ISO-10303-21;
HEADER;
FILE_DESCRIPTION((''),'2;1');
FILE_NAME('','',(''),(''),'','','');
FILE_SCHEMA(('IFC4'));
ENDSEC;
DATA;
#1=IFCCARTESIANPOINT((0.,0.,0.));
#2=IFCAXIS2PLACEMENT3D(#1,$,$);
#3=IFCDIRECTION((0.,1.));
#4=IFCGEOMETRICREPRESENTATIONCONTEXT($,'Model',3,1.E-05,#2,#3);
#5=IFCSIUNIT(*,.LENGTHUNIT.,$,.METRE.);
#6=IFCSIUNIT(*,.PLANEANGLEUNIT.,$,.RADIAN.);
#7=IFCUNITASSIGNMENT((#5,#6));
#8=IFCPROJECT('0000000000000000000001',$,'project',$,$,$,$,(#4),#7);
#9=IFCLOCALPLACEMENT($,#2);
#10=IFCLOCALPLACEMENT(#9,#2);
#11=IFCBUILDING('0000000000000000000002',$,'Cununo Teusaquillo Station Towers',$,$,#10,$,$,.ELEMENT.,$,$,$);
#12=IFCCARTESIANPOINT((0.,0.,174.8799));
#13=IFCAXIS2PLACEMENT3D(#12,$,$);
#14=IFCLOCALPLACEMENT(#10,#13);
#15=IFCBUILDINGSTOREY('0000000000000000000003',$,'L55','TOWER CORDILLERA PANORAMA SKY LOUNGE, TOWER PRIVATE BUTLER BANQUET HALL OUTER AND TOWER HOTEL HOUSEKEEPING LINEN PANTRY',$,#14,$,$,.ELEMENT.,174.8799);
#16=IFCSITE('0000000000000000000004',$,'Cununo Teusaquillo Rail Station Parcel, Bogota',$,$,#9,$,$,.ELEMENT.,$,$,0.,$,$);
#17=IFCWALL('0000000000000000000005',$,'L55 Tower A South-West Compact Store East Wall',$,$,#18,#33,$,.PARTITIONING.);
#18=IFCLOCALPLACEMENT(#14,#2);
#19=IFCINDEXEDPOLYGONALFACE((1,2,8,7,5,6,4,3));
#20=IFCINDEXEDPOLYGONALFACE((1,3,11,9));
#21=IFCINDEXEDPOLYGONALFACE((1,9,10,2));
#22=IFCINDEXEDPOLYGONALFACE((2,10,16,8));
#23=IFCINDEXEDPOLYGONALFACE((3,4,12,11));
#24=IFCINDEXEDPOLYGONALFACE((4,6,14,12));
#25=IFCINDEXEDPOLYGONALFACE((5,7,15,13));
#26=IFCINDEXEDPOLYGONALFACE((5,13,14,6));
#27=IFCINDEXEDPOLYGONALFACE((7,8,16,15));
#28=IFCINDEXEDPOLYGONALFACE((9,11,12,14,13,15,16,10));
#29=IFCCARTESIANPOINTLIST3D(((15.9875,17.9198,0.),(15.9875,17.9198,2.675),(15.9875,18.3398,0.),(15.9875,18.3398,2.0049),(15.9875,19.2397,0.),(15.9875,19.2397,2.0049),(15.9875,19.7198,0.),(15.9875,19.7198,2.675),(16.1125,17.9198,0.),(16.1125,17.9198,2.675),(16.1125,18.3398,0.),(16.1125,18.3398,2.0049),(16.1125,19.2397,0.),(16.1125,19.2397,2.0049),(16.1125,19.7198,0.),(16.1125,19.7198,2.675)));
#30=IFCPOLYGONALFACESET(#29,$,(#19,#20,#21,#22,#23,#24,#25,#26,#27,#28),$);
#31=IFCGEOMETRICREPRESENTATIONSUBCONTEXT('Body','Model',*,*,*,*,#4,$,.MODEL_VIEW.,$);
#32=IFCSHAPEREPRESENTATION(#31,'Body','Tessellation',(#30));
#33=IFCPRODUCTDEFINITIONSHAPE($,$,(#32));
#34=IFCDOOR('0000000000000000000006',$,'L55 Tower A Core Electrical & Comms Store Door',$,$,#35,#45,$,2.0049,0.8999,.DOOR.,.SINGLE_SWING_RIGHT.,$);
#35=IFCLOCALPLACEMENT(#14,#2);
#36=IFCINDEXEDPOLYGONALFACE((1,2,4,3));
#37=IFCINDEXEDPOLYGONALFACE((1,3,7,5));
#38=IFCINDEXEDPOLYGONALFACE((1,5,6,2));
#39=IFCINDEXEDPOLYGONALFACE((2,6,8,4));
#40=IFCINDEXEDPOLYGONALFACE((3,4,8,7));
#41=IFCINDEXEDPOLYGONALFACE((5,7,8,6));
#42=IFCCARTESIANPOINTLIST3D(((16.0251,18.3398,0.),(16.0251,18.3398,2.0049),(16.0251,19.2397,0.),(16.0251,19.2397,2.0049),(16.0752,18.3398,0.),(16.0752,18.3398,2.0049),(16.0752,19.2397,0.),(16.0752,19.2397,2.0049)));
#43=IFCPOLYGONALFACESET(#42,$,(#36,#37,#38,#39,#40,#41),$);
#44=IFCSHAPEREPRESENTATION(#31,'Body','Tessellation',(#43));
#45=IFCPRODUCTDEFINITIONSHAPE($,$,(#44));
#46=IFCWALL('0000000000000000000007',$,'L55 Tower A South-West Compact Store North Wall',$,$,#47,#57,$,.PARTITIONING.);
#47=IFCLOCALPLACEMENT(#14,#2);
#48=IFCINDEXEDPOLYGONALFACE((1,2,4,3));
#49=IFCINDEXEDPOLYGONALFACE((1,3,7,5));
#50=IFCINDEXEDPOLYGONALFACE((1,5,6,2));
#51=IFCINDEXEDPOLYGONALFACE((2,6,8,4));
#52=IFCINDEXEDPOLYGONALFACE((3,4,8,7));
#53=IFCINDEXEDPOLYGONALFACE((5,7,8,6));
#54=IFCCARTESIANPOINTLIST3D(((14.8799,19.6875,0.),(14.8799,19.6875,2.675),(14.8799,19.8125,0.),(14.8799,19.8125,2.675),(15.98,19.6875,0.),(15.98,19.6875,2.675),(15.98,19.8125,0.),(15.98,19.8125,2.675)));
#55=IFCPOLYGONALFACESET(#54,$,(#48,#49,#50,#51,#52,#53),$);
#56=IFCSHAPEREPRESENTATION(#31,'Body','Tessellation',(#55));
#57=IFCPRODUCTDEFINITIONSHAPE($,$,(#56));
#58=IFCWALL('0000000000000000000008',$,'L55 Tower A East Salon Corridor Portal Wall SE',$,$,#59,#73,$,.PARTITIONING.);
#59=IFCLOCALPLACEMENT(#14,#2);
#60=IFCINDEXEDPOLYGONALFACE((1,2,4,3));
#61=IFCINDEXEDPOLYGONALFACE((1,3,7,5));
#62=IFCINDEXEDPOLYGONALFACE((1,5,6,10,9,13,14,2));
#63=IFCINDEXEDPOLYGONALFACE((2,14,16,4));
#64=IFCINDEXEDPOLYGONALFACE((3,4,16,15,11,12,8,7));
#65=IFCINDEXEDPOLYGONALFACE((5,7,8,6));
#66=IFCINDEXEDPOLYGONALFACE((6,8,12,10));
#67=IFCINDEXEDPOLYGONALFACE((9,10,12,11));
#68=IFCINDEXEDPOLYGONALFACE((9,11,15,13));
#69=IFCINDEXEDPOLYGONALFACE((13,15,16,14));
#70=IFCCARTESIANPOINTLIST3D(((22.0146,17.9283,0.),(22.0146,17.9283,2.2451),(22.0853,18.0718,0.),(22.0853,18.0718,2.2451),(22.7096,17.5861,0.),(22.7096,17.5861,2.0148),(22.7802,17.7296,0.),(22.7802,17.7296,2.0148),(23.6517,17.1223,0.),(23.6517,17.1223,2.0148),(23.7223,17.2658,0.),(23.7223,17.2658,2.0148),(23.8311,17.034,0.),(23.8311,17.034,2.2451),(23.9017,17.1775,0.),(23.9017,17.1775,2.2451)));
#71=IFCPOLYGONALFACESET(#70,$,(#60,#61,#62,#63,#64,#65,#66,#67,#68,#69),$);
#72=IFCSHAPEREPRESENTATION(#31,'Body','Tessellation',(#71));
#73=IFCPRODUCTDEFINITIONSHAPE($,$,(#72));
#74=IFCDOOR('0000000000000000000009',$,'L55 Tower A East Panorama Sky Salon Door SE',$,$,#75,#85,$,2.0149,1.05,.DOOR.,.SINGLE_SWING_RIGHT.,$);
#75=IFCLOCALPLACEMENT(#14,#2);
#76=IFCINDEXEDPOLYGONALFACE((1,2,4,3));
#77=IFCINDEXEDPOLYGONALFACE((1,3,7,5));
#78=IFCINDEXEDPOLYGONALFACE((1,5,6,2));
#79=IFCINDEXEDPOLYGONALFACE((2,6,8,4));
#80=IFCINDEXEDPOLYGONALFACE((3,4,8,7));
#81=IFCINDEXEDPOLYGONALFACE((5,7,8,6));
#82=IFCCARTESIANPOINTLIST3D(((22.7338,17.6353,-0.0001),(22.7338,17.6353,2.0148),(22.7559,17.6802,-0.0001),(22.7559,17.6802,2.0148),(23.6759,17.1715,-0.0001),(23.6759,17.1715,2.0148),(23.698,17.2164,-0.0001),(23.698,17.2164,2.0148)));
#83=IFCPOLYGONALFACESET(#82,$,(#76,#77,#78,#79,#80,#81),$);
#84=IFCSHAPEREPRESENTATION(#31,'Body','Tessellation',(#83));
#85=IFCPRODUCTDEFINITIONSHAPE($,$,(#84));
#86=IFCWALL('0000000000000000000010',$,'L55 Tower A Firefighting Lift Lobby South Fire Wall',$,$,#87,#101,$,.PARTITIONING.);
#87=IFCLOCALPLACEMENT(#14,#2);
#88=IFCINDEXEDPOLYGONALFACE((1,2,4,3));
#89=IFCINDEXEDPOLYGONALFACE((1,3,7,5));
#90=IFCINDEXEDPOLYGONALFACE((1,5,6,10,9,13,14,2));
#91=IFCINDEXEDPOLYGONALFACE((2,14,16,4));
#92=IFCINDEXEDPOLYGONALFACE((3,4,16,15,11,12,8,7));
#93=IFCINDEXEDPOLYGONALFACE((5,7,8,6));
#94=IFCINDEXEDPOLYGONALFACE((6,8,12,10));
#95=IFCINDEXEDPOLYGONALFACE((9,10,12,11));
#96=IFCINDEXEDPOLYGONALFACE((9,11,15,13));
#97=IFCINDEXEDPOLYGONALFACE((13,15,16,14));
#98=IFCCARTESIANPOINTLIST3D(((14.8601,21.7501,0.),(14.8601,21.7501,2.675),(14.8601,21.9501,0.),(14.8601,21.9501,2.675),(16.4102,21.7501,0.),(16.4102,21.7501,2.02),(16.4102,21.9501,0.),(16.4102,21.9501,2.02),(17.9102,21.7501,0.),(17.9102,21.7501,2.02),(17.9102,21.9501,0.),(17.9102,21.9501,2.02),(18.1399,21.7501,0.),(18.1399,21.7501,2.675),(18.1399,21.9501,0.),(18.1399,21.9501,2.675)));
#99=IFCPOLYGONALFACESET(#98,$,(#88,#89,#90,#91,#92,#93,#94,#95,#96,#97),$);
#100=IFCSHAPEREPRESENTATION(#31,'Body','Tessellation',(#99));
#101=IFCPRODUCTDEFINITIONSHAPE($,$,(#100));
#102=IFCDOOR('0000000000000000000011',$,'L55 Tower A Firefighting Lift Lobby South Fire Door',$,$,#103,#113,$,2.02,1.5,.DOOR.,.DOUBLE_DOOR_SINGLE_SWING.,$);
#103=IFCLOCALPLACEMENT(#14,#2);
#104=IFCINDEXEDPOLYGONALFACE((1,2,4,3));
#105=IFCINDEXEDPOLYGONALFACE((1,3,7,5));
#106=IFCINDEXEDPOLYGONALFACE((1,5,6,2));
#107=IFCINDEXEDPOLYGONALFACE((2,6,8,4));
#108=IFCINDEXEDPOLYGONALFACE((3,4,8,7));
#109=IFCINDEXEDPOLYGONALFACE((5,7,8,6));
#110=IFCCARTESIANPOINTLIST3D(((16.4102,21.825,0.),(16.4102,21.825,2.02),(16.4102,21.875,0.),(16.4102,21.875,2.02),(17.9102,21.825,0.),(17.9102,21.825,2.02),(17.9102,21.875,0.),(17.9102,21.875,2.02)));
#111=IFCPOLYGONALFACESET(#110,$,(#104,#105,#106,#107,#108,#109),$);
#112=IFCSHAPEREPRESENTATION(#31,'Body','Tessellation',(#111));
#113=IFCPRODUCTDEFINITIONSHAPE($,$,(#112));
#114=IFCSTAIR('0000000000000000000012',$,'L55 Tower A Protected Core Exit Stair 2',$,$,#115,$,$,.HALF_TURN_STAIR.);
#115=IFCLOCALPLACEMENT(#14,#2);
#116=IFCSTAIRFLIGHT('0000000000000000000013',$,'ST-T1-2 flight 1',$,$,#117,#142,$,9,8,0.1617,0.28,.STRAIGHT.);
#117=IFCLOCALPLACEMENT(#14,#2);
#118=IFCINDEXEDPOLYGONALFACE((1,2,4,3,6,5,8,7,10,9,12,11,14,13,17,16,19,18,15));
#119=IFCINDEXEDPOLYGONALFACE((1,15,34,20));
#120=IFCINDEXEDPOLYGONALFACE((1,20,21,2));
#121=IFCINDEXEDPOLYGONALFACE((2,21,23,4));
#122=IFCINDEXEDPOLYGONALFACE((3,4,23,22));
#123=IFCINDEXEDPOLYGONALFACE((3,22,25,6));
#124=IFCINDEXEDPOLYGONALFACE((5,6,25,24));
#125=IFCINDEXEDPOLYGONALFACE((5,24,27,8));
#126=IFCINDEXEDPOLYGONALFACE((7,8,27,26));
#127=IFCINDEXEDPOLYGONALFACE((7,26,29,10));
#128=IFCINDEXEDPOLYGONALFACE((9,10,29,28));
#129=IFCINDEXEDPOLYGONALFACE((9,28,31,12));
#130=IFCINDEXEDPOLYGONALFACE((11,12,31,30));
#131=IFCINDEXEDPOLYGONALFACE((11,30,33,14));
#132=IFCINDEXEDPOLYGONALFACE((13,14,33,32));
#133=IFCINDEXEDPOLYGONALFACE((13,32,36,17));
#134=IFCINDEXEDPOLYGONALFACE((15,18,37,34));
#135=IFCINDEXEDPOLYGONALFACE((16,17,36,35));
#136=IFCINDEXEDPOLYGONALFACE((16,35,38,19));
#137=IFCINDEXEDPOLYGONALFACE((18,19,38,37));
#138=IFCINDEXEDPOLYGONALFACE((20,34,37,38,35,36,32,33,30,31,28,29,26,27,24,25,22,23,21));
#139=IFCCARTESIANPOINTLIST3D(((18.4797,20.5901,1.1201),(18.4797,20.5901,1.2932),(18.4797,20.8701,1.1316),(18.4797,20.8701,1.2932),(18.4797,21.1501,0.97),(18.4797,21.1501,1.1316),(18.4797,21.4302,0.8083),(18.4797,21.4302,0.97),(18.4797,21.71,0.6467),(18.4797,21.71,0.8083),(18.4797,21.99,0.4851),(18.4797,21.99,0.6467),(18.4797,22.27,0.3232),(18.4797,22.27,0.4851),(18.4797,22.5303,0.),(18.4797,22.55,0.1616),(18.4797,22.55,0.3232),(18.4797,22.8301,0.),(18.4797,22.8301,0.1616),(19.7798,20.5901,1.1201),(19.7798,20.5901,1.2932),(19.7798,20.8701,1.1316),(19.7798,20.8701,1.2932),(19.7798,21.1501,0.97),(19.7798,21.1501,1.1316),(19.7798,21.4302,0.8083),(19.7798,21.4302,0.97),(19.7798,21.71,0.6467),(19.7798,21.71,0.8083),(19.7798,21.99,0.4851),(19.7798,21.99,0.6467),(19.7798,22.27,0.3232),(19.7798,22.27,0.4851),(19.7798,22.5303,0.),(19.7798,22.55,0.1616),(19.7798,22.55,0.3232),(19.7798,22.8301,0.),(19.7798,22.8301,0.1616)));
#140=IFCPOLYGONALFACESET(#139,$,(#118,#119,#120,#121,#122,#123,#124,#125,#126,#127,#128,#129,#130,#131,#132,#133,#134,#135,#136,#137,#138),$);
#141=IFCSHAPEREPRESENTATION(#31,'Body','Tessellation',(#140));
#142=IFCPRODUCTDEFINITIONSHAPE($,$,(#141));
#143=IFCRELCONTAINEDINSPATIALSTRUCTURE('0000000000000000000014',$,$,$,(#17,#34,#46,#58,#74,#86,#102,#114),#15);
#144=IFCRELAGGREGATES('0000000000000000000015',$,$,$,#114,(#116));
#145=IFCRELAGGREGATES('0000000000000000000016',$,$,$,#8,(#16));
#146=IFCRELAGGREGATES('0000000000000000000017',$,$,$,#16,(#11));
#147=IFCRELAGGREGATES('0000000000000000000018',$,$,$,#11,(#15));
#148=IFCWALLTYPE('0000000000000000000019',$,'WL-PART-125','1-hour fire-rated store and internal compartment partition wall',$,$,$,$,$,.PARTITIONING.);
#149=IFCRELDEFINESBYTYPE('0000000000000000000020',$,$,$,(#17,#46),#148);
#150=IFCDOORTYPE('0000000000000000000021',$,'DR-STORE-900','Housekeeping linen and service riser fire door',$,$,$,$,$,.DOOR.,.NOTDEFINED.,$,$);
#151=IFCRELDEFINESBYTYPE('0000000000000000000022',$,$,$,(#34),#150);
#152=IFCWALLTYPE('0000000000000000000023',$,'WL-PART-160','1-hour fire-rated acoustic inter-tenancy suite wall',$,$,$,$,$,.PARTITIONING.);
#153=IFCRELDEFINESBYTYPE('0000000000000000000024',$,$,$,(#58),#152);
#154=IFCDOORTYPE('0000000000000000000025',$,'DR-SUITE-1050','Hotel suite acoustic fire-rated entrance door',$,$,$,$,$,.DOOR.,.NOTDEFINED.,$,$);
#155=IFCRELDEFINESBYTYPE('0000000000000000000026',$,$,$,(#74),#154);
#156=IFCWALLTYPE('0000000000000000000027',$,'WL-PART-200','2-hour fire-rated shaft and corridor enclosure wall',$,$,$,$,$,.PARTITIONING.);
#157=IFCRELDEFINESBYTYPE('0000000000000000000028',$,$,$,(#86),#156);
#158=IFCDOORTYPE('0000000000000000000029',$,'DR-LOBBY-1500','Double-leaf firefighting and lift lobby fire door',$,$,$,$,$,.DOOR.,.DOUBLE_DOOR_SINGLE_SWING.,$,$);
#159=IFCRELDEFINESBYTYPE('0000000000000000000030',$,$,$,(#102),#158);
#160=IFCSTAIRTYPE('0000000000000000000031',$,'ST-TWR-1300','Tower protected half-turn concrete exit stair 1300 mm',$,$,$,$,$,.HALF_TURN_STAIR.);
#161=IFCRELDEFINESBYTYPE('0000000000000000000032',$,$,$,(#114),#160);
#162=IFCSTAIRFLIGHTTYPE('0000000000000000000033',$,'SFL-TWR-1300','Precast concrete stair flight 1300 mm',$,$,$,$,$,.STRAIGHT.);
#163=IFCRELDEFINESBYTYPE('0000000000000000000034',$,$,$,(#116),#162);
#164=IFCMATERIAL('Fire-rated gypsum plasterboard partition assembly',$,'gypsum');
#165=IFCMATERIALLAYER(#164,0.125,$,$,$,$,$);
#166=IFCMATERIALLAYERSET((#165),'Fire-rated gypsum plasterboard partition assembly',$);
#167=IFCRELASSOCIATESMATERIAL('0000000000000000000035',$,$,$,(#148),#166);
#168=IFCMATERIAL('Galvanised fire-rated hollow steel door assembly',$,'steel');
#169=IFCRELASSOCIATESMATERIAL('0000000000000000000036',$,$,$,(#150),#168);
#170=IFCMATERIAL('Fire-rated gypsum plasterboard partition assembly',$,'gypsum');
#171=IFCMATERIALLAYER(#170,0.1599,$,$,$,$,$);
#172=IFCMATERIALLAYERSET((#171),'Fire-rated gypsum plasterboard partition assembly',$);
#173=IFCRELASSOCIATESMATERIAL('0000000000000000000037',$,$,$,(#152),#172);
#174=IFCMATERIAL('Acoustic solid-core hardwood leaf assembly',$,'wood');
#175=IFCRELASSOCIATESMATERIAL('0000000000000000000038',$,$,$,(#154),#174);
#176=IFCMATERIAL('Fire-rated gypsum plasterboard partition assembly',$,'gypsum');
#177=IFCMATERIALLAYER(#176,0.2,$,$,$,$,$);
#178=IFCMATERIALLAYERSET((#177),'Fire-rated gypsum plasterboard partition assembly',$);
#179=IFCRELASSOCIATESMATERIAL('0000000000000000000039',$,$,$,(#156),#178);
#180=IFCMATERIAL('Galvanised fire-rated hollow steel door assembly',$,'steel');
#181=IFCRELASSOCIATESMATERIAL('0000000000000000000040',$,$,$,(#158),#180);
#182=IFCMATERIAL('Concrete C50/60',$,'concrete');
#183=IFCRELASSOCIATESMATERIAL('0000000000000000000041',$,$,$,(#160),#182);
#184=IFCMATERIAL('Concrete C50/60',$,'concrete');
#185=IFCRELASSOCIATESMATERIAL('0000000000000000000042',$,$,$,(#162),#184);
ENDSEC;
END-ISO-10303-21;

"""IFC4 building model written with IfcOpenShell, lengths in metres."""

from ifc_helpers import new_model, si_unit, direction, frame, frame_2d, origin, place, context, subcontext, project, spatial, polyline, rectangle, outline, extrude, source, transform, mapped, material, layer, layer_set, type_object, element, fill, aggregate, save


model = new_model("IFC4")

# Units and contexts
model_context = context("Model", 3, precision=1e-05, world=origin(), true_north=direction((0.0, 1.0)))
body_context = subcontext(model_context, "Body", "Model", "MODEL_VIEW")
ifc_project = project(units=[si_unit("LENGTHUNIT", "METRE"), si_unit("PLANEANGLEUNIT", "RADIAN")], contexts=[model_context])

# Site, building, storey
site_placement = place(None, origin())
site = spatial("IfcSite", under=ifc_project, at=site_placement, Name="Cununo Teusaquillo Rail Station Parcel, Bogota", CompositionType="ELEMENT", RefElevation=0.0)
building_placement = place(site_placement, origin())
building = spatial("IfcBuilding", under=site, at=building_placement, Name="Cununo Teusaquillo Station Towers", CompositionType="ELEMENT")
storey_placement = place(building_placement, frame((0.0, 0.0, 174.8799)))
storey = spatial("IfcBuildingStorey", under=building, at=storey_placement, Name="L55", Description="TOWER CORDILLERA PANORAMA SKY LOUNGE, TOWER PRIVATE BUTLER BANQUET HALL OUTER AND TOWER HOTEL HOUSEKEEPING LINEN PANTRY", CompositionType="ELEMENT", Elevation=174.8799)

# Wall, opening, door
ifc_material_1 = material(Name="Fire-rated gypsum plasterboard partition assembly", Category="gypsum")
ifc_layer_1 = layer(ifc_material_1, 0.125)
ifc_layer_set_1 = layer_set([ifc_layer_1], Name="Fire-rated gypsum plasterboard partition assembly")
wall_type_1 = type_object("IfcWallType", Name="WL-PART-125", Description="1-hour fire-rated store and internal compartment partition wall", PredefinedType="PARTITIONING", material=ifc_layer_set_1)
wall_1_placement = place(storey_placement, frame((16.05, 17.9199, 0.0), z_axis=(0.0, 0.0, 1.0), x_axis=(0.0, 1.0, 0.0)))
wall_1 = element("IfcWall", 1, at=wall_1_placement, inside=storey, type_object=wall_type_1, Name="L55 Tower A South-West Compact Store East Wall", PredefinedType="PARTITIONING", context=body_context, shape_type="SweptSolid", body=[
    extrude(rectangle(XDim=1.8, YDim=0.125, at=frame_2d((0.8999, 0.0))), origin(), (0.0, 0.0, 1.0), 2.675),
])
shared_shape_1 = source(origin(), body_context, "Body", "SweptSolid", [
    extrude(rectangle(XDim=0.8999, YDim=2.0049, at=frame_2d((0.45, 1.0024))), frame((0.0, 0.0725, 0.0), z_axis=(0.0, -1.0, 0.0), x_axis=(1.0, 0.0, 0.0)), (0.0, 0.0, 1.0), 0.145),
])
opening_1_placement = place(wall_1_placement, frame((0.4199, 0.0, 0.0)))
opening_1 = element("IfcOpeningElement", 2, at=opening_1_placement, cuts=wall_1, PredefinedType="OPENING", context=body_context, shape_type="MappedRepresentation", body=[
    mapped(shared_shape_1, transform((0.0, 0.0, 0.0), x_axis=(1.0, 0.0, 0.0), y_axis=(0.0, 1.0, 0.0), z_axis=(0.0, 0.0, 1.0), scale=1.0)),
])
ifc_material_2 = material(Name="Galvanised fire-rated hollow steel door assembly", Category="steel")
door_type_1 = type_object("IfcDoorType", Name="DR-STORE-900", Description="Housekeeping linen and service riser fire door", OperationType="NOTDEFINED", PredefinedType="DOOR", material=ifc_material_2)
shared_shape_2 = source(origin(), body_context, "Body", "SweptSolid", [
    extrude(rectangle(XDim=0.8999, YDim=2.0049, at=frame_2d((0.45, 1.0024))), frame((0.0, 0.0249, 0.0), z_axis=(0.0, -1.0, 0.0), x_axis=(1.0, 0.0, 0.0)), (0.0, 0.0, 1.0), 0.05),
])
door_1_placement = place(opening_1_placement, origin())
door_1 = element("IfcDoor", 3, at=door_1_placement, inside=storey, type_object=door_type_1, Name="L55 Tower A Core Electrical & Comms Store Door", OperationType="SINGLE_SWING_RIGHT", OverallHeight=2.0049, OverallWidth=0.8999, PredefinedType="DOOR", context=body_context, shape_type="MappedRepresentation", body=[
    mapped(shared_shape_2, transform((0.0, 0.0, 0.0), x_axis=(1.0, 0.0, 0.0), y_axis=(0.0, 1.0, 0.0), z_axis=(0.0, 0.0, 1.0), scale=1.0)),
])
fill(opening_1, door_1)

# Wall
wall_2_placement = place(storey_placement, frame((14.8799, 19.75, 0.0), z_axis=(0.0, 0.0, 1.0), x_axis=(1.0, 0.0, 0.0)))
element("IfcWall", 4, at=wall_2_placement, inside=storey, type_object=wall_type_1, Name="L55 Tower A South-West Compact Store North Wall", PredefinedType="PARTITIONING", context=body_context, shape_type="SweptSolid", body=[
    extrude(rectangle(XDim=1.1001, YDim=0.125, at=frame_2d((0.55, 0.0))), origin(), (0.0, 0.0, 1.0), 2.675),
])

# Walls, openings, doors
ifc_material_3 = material(Name="Fire-rated gypsum plasterboard partition assembly", Category="gypsum")
ifc_layer_2 = layer(ifc_material_3, 0.1599)
ifc_layer_set_2 = layer_set([ifc_layer_2], Name="Fire-rated gypsum plasterboard partition assembly")
wall_type_2 = type_object("IfcWallType", Name="WL-PART-160", Description="1-hour fire-rated acoustic inter-tenancy suite wall", PredefinedType="PARTITIONING", material=ifc_layer_set_2)
wall_3_placement = place(storey_placement, frame((22.05, 18.0, 0.0), z_axis=(0.0, 0.0, 1.0), x_axis=(0.89716, -0.441706, 0.0)))
wall_3 = element("IfcWall", 5, at=wall_3_placement, inside=storey, type_object=wall_type_2, Name="L55 Tower A East Salon Corridor Portal Wall SE", PredefinedType="PARTITIONING", context=body_context, shape_type="SweptSolid", body=[
    extrude(rectangle(XDim=2.0247, YDim=0.1599, at=frame_2d((1.0122, 0.0))), origin(), (0.0, 0.0, 1.0), 2.2451),
])
shared_shape_3 = source(origin(), body_context, "Body", "SweptSolid", [
    extrude(rectangle(XDim=1.05, YDim=2.0149, at=frame_2d((0.5249, 1.0073))), frame((0.0, 0.0898, 0.0), z_axis=(0.0, -1.0, 0.0), x_axis=(1.0, 0.0, 0.0)), (0.0, 0.0, 1.0), 0.1799),
])
opening_2_placement = place(wall_3_placement, frame((0.7747, 0.0, 0.0)))
opening_2 = element("IfcOpeningElement", 6, at=opening_2_placement, cuts=wall_3, PredefinedType="OPENING", context=body_context, shape_type="MappedRepresentation", body=[
    mapped(shared_shape_3, transform((0.0, 0.0, 0.0), x_axis=(1.0, 0.0, 0.0), y_axis=(0.0, 1.0, 0.0), z_axis=(0.0, 0.0, 1.0), scale=1.0)),
])
ifc_material_4 = material(Name="Acoustic solid-core hardwood leaf assembly", Category="wood")
door_type_2 = type_object("IfcDoorType", Name="DR-SUITE-1050", Description="Hotel suite acoustic fire-rated entrance door", OperationType="NOTDEFINED", PredefinedType="DOOR", material=ifc_material_4)
shared_shape_4 = source(origin(), body_context, "Body", "SweptSolid", [
    extrude(rectangle(XDim=1.05, YDim=2.0149, at=frame_2d((0.5249, 1.0073))), frame((0.0, 0.0249, 0.0), z_axis=(0.0, -1.0, 0.0), x_axis=(1.0, 0.0, 0.0)), (0.0, 0.0, 1.0), 0.05),
])
door_2_placement = place(opening_2_placement, origin())
door_2 = element("IfcDoor", 7, at=door_2_placement, inside=storey, type_object=door_type_2, Name="L55 Tower A East Panorama Sky Salon Door SE", OperationType="SINGLE_SWING_RIGHT", OverallHeight=2.0149, OverallWidth=1.05, PredefinedType="DOOR", context=body_context, shape_type="MappedRepresentation", body=[
    mapped(shared_shape_4, transform((0.0, 0.0, 0.0), x_axis=(1.0, 0.0, 0.0), y_axis=(0.0, 1.0, 0.0), z_axis=(0.0, 0.0, 1.0), scale=1.0)),
])
fill(opening_2, door_2)
ifc_material_5 = material(Name="Fire-rated gypsum plasterboard partition assembly", Category="gypsum")
ifc_layer_3 = layer(ifc_material_5, 0.2)
ifc_layer_set_3 = layer_set([ifc_layer_3], Name="Fire-rated gypsum plasterboard partition assembly")
wall_type_3 = type_object("IfcWallType", Name="WL-PART-200", Description="2-hour fire-rated shaft and corridor enclosure wall", PredefinedType="PARTITIONING", material=ifc_layer_set_3)
wall_4_placement = place(storey_placement, frame((14.8601, 21.8501, 0.0), z_axis=(0.0, 0.0, 1.0), x_axis=(1.0, 0.0, 0.0)))
wall_4 = element("IfcWall", 8, at=wall_4_placement, inside=storey, type_object=wall_type_3, Name="L55 Tower A Firefighting Lift Lobby South Fire Wall", PredefinedType="PARTITIONING", context=body_context, shape_type="SweptSolid", body=[
    extrude(rectangle(XDim=3.2798, YDim=0.2, at=frame_2d((1.6399, 0.0))), origin(), (0.0, 0.0, 1.0), 2.675),
])
shared_shape_5 = source(origin(), body_context, "Body", "SweptSolid", [
    extrude(rectangle(XDim=1.5, YDim=2.02, at=frame_2d((0.75, 1.01))), frame((0.0, 0.1099, 0.0), z_axis=(0.0, -1.0, 0.0), x_axis=(1.0, 0.0, 0.0)), (0.0, 0.0, 1.0), 0.22),
])
opening_3_placement = place(wall_4_placement, frame((1.55, 0.0, 0.0)))
opening_3 = element("IfcOpeningElement", 9, at=opening_3_placement, cuts=wall_4, PredefinedType="OPENING", context=body_context, shape_type="MappedRepresentation", body=[
    mapped(shared_shape_5, transform((0.0, 0.0, 0.0), x_axis=(1.0, 0.0, 0.0), y_axis=(0.0, 1.0, 0.0), z_axis=(0.0, 0.0, 1.0), scale=1.0)),
])
ifc_material_6 = material(Name="Galvanised fire-rated hollow steel door assembly", Category="steel")
door_type_3 = type_object("IfcDoorType", Name="DR-LOBBY-1500", Description="Double-leaf firefighting and lift lobby fire door", OperationType="DOUBLE_DOOR_SINGLE_SWING", PredefinedType="DOOR", material=ifc_material_6)
shared_shape_6 = source(origin(), body_context, "Body", "SweptSolid", [
    extrude(rectangle(XDim=1.5, YDim=2.02, at=frame_2d((0.75, 1.01))), frame((0.0, 0.0249, 0.0), z_axis=(0.0, -1.0, 0.0), x_axis=(1.0, 0.0, 0.0)), (0.0, 0.0, 1.0), 0.05),
])
door_3_placement = place(opening_3_placement, origin())
door_3 = element("IfcDoor", 10, at=door_3_placement, inside=storey, type_object=door_type_3, Name="L55 Tower A Firefighting Lift Lobby South Fire Door", OperationType="DOUBLE_DOOR_SINGLE_SWING", OverallHeight=2.02, OverallWidth=1.5, PredefinedType="DOOR", context=body_context, shape_type="MappedRepresentation", body=[
    mapped(shared_shape_6, transform((0.0, 0.0, 0.0), x_axis=(1.0, 0.0, 0.0), y_axis=(0.0, 1.0, 0.0), z_axis=(0.0, 0.0, 1.0), scale=1.0)),
])
fill(opening_3, door_3)

# Stair, stair flight
ifc_material_7 = material(Name="Concrete C50/60", Category="concrete")
stair_type = type_object("IfcStairType", Name="ST-TWR-1300", Description="Tower protected half-turn concrete exit stair 1300 mm", PredefinedType="HALF_TURN_STAIR", material=ifc_material_7)
stair_placement = place(storey_placement, origin())
stair = element("IfcStair", 11, at=stair_placement, inside=storey, type_object=stair_type, Name="L55 Tower A Protected Core Exit Stair 2", PredefinedType="HALF_TURN_STAIR")
ifc_material_8 = material(Name="Concrete C50/60", Category="concrete")
stair_flight_type = type_object("IfcStairFlightType", Name="SFL-TWR-1300", Description="Precast concrete stair flight 1300 mm", PredefinedType="STRAIGHT", material=ifc_material_8)
stair_flight_1_placement = place(storey_placement, frame((19.1299, 22.8301, 0.0), z_axis=(0.0, 0.0, 1.0), x_axis=(0.0, -1.0, 0.0)))
stair_flight_1 = element("IfcStairFlight", 12, at=stair_flight_1_placement, type_object=stair_flight_type, Name="ST-T1-2 flight 1", NumberOfRisers=9, NumberOfTreads=8, PredefinedType="STRAIGHT", RiserHeight=0.1617, TreadLength=0.28, context=body_context, shape_type="SweptSolid", body=[
    extrude(outline(polyline([(0.0, 0.0), (0.0, 0.1616), (0.28, 0.1616), (0.28, 0.3232), (0.5601, 0.3232), (0.5601, 0.4851), (0.8401, 0.4851), (0.8401, 0.6467), (1.1201, 0.6467), (1.1201, 0.8083), (1.3999, 0.8083), (1.3999, 0.97), (1.6799, 0.97), (1.6799, 1.1316), (1.96, 1.1316), (1.96, 1.2932), (2.24, 1.2932), (2.24, 1.4551), (2.24, 1.1201), (0.2998, 0.0), (0.0, 0.0)])), frame((0.0, 0.6499, 0.0), z_axis=(0.0, -1.0, 0.0), x_axis=(1.0, 0.0, 0.0)), (0.0, 0.0, 1.0), 1.3),
])
aggregate(stair, [stair_flight_1])

save(model, "model.ifc")
